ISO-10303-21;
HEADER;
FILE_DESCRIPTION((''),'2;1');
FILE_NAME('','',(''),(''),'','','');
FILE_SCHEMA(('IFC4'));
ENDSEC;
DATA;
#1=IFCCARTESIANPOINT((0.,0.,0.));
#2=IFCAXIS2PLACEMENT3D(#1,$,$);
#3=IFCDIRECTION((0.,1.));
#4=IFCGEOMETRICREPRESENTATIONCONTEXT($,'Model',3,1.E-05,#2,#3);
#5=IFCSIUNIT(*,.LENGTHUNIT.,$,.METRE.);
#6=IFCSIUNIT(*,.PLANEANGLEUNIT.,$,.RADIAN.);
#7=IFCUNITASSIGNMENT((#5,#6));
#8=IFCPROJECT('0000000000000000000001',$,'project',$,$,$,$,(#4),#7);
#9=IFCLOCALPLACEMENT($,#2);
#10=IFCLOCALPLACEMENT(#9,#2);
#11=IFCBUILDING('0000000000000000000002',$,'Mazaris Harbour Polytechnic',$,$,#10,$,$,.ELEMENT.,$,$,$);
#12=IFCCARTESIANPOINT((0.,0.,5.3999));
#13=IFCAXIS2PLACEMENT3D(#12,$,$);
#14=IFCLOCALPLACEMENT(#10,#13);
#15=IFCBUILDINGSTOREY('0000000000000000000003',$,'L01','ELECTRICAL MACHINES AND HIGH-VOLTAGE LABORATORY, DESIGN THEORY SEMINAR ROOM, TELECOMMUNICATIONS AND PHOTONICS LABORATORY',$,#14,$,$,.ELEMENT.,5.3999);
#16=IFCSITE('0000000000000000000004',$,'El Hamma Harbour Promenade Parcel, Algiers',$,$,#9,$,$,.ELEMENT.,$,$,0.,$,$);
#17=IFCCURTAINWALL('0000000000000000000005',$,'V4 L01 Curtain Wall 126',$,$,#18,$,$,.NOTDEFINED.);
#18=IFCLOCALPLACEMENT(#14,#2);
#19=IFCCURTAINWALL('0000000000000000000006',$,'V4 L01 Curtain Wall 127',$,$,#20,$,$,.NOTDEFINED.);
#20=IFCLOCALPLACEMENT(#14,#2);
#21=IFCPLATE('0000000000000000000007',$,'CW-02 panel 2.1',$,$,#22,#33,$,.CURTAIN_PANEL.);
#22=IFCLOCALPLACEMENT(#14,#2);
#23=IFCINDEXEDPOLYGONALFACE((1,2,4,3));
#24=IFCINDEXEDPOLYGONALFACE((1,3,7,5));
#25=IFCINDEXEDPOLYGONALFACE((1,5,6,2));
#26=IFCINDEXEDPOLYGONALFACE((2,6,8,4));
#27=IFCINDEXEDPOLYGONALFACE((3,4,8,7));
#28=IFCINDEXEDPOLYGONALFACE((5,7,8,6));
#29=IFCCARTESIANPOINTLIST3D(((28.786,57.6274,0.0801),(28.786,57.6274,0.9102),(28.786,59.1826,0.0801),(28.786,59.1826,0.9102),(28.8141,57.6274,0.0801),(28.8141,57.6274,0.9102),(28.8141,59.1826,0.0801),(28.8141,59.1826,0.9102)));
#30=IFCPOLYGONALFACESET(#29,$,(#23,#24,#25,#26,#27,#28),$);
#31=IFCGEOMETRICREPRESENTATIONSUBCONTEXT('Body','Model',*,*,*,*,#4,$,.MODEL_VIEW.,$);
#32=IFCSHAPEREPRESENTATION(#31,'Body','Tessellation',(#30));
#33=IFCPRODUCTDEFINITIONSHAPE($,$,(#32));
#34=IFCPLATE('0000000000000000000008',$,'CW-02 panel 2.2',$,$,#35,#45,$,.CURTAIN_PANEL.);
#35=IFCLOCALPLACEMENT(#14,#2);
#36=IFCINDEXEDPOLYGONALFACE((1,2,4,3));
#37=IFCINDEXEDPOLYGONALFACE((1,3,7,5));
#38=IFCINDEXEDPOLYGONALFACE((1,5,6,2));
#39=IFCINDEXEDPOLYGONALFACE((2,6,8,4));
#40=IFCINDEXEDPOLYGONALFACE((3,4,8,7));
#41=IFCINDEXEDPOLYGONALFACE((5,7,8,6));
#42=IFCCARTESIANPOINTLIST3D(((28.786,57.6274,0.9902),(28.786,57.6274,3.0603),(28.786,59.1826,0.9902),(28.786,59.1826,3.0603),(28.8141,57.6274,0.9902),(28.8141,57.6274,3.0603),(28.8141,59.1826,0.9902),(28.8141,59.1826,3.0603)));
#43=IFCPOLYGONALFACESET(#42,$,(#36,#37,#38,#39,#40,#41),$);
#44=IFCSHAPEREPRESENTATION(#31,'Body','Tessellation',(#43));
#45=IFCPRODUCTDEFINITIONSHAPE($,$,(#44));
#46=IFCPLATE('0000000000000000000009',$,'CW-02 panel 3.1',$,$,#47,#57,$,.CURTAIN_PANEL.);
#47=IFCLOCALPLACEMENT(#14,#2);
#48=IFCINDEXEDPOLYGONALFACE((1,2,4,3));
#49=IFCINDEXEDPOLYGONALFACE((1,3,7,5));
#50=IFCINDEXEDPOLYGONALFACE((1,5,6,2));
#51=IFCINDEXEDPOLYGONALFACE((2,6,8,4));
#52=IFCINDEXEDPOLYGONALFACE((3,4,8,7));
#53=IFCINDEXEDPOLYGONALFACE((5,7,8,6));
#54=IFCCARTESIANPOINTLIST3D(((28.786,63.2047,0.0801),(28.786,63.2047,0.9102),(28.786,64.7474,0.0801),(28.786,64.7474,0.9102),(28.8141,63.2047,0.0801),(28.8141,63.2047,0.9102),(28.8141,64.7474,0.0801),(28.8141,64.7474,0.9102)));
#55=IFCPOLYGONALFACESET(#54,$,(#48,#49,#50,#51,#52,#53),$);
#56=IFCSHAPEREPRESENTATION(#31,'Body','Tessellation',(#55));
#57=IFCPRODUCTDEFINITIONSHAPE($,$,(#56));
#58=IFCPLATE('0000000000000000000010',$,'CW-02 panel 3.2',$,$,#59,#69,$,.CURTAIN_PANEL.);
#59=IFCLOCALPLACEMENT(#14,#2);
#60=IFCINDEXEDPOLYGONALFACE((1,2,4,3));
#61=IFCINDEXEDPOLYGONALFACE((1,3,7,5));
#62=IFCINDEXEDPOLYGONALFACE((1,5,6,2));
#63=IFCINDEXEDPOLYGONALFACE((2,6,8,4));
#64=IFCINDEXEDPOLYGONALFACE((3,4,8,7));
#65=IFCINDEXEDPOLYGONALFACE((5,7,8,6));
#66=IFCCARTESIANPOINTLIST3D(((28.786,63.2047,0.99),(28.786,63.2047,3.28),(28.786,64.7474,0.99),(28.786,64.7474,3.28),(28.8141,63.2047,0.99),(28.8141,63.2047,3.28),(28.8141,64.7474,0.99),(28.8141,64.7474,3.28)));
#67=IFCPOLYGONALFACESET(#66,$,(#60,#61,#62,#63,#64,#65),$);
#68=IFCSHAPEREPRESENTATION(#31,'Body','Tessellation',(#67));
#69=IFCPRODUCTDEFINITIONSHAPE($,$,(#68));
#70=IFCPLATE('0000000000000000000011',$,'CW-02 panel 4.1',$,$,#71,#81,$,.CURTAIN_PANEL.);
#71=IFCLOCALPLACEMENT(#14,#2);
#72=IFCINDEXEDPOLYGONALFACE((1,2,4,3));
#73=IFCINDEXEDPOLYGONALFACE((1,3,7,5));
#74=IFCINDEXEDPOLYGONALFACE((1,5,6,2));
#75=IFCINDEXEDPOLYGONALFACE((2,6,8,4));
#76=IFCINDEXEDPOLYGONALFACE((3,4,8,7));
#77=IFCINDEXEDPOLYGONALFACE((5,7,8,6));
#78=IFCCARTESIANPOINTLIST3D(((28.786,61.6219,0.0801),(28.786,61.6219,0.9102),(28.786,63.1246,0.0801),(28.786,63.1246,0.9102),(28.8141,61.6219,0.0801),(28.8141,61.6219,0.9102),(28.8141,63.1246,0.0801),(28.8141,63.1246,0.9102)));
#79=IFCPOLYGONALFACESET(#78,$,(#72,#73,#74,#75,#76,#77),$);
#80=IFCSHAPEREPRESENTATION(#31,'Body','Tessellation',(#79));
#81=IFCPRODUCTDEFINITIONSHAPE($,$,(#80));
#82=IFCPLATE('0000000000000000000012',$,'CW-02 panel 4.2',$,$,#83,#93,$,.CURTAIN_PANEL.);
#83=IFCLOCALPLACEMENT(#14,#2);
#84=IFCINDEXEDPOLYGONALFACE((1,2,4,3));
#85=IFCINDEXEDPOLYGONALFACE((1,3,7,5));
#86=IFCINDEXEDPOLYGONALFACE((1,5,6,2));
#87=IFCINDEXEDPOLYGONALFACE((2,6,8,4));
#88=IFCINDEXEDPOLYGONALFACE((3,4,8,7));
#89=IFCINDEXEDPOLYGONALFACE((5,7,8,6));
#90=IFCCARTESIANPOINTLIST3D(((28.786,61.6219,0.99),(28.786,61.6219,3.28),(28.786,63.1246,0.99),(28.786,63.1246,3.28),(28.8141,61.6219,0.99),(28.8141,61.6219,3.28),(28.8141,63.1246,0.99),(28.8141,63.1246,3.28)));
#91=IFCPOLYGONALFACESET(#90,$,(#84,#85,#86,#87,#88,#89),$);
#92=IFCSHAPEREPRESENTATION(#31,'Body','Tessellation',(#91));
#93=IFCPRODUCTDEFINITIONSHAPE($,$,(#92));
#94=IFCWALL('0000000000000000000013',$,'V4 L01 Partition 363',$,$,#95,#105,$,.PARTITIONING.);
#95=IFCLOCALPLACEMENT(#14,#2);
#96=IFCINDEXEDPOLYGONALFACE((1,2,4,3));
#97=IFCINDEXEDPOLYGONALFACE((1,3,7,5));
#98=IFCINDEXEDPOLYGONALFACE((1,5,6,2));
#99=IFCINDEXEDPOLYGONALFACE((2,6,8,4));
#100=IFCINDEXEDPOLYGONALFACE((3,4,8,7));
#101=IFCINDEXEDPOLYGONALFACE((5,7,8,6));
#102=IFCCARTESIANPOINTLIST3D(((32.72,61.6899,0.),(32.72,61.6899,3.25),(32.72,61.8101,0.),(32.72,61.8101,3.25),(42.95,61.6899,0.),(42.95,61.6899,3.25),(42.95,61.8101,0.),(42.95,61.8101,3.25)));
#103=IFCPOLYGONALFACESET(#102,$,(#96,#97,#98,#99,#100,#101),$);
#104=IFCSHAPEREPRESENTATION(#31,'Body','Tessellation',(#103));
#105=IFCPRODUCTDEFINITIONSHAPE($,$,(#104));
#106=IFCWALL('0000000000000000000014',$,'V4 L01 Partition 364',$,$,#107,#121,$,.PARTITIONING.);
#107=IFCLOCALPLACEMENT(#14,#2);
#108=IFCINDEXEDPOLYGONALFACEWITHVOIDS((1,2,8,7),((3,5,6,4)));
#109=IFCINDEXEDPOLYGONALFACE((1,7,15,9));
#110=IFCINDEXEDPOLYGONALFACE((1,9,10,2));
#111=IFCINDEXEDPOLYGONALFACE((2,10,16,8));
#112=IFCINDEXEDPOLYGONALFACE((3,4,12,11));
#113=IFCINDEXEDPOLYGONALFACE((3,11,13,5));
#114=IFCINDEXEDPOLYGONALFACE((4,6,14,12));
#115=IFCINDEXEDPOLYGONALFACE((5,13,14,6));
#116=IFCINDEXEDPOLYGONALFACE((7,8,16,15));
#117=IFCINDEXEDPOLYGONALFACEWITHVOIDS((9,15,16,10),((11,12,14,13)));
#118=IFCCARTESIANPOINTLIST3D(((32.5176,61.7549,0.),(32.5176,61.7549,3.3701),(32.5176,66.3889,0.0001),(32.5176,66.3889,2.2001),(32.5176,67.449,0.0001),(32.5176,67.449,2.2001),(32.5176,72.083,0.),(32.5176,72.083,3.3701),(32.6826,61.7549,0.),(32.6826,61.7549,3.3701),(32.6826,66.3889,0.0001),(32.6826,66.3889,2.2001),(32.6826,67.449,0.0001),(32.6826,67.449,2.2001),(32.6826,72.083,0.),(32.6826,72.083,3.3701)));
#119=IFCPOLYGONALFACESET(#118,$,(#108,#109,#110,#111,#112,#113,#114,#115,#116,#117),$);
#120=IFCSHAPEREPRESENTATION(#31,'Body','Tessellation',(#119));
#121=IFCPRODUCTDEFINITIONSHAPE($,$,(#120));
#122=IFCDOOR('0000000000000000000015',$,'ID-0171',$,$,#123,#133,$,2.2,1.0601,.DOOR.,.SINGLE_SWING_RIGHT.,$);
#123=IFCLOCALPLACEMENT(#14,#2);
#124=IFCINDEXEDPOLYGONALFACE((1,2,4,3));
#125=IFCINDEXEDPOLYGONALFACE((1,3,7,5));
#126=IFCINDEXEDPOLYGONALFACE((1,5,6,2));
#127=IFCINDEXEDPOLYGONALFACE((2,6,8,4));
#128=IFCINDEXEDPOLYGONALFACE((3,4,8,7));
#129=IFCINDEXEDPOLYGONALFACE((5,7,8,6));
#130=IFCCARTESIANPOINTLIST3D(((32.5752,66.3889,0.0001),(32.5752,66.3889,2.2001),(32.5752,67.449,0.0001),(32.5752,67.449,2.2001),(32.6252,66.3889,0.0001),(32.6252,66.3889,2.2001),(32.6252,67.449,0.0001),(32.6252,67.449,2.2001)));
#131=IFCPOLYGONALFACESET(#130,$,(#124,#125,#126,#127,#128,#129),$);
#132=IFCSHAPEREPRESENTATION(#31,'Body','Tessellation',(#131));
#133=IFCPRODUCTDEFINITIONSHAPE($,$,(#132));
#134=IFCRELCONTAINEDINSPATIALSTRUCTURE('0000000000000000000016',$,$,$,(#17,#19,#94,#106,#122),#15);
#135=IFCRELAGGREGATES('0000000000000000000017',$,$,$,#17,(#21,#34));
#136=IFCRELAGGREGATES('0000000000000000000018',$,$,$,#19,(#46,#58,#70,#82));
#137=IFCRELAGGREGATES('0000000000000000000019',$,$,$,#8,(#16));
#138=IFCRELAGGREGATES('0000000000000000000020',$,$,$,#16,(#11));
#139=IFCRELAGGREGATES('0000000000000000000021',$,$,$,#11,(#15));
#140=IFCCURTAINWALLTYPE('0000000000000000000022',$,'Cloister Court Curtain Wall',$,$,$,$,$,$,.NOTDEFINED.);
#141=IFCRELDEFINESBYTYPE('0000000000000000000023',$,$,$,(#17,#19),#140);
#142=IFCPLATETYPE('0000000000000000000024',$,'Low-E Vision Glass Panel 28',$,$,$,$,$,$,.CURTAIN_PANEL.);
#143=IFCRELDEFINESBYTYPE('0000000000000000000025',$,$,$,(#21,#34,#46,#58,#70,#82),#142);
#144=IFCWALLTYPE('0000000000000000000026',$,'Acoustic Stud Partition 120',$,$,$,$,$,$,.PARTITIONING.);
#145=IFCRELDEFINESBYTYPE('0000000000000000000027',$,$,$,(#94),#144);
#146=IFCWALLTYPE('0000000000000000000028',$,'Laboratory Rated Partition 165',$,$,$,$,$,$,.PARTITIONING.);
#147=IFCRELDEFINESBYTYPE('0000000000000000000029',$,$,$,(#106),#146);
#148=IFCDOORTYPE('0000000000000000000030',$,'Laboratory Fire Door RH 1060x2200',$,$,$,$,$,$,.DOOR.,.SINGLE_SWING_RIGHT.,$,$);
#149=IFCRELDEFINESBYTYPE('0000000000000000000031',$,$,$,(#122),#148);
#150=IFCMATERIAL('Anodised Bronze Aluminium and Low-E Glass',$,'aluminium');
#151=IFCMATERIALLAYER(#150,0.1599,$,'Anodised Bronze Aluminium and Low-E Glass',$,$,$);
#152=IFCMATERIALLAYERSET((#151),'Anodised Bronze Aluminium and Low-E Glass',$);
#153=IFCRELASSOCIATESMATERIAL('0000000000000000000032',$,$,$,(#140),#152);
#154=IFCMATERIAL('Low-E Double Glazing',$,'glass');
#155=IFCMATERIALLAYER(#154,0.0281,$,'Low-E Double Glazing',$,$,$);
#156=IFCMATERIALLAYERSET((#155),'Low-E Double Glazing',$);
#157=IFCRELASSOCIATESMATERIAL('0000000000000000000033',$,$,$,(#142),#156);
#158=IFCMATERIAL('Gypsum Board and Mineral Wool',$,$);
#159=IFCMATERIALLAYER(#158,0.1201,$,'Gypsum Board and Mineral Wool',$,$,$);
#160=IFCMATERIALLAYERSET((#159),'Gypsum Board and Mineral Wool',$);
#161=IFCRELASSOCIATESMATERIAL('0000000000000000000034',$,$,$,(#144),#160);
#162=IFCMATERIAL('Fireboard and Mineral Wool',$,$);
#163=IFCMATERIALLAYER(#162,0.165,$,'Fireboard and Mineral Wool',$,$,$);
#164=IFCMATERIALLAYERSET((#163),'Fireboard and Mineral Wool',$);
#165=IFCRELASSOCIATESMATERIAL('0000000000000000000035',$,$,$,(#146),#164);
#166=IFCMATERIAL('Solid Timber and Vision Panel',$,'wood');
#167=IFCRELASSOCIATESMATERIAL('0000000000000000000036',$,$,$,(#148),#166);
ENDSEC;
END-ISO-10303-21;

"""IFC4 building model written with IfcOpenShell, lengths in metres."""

from ifc_helpers import new_model, si_unit, direction, frame, frame_2d, origin, origin_2d, place, context, subcontext, project, spatial, rectangle, extrude, material, layer, layer_set, type_object, element, fill, aggregate, save


model = new_model("IFC4")

# Units and contexts
model_context = context("Model", 3, precision=1e-05, world=origin(), true_north=direction((0.0, 1.0)))
body_context = subcontext(model_context, "Body", "Model", "MODEL_VIEW")
ifc_project = project(units=[si_unit("LENGTHUNIT", "METRE"), si_unit("PLANEANGLEUNIT", "RADIAN")], contexts=[model_context])

# Site, building, storey
site_placement = place(None, origin())
site = spatial("IfcSite", under=ifc_project, at=site_placement, Name="El Hamma Harbour Promenade Parcel, Algiers", CompositionType="ELEMENT", RefElevation=0.0)
building_placement = place(site_placement, origin())
building = spatial("IfcBuilding", under=site, at=building_placement, Name="Mazaris Harbour Polytechnic", CompositionType="ELEMENT")
storey_placement = place(building_placement, frame((0.0, 0.0, 5.3999)))
storey = spatial("IfcBuildingStorey", under=building, at=storey_placement, Name="L01", Description="ELECTRICAL MACHINES AND HIGH-VOLTAGE LABORATORY, DESIGN THEORY SEMINAR ROOM, TELECOMMUNICATIONS AND PHOTONICS LABORATORY", CompositionType="ELEMENT", Elevation=5.3999)

# Curtain walls
ifc_material_1 = material(Name="Anodised Bronze Aluminium and Low-E Glass", Category="aluminium")
ifc_layer_1 = layer(ifc_material_1, 0.1599, Name="Anodised Bronze Aluminium and Low-E Glass")
ifc_layer_set_1 = layer_set([ifc_layer_1], Name="Anodised Bronze Aluminium and Low-E Glass")
curtain_wall_type = type_object("IfcCurtainWallType", Name="Cloister Court Curtain Wall", PredefinedType="NOTDEFINED", material=ifc_layer_set_1)
curtain_wall_1_placement = place(storey_placement, origin())
curtain_wall_1 = element("IfcCurtainWall", 1, at=curtain_wall_1_placement, inside=storey, type_object=curtain_wall_type, Name="V4 L01 Curtain Wall 126", PredefinedType="NOTDEFINED")
curtain_wall_2_placement = place(storey_placement, origin())
curtain_wall_2 = element("IfcCurtainWall", 2, at=curtain_wall_2_placement, inside=storey, type_object=curtain_wall_type, Name="V4 L01 Curtain Wall 127", PredefinedType="NOTDEFINED")

# Plates
ifc_material_2 = material(Name="Low-E Double Glazing", Category="glass")
ifc_layer_2 = layer(ifc_material_2, 0.0281, Name="Low-E Double Glazing")
ifc_layer_set_2 = layer_set([ifc_layer_2], Name="Low-E Double Glazing")
plate_type = type_object("IfcPlateType", Name="Low-E Vision Glass Panel 28", PredefinedType="CURTAIN_PANEL", material=ifc_layer_set_2)
plate_1_placement = place(storey_placement, frame((28.8, 58.405, 0.0801), z_axis=(0.0, 0.0, 1.0), x_axis=(0.0, -1.0, 0.0)))
plate_1 = element("IfcPlate", 3, at=plate_1_placement, type_object=plate_type, Name="CW-02 panel 2.1", PredefinedType="CURTAIN_PANEL", context=body_context, shape_type="SweptSolid", body=[
    extrude(rectangle(XDim=1.5552, YDim=0.0281, at=origin_2d()), origin(), (0.0, 0.0, 1.0), 0.8301),
])
plate_2_placement = place(storey_placement, frame((28.8, 58.405, 0.9902), z_axis=(0.0, 0.0, 1.0), x_axis=(0.0, -1.0, 0.0)))
plate_2 = element("IfcPlate", 4, at=plate_2_placement, type_object=plate_type, Name="CW-02 panel 2.2", PredefinedType="CURTAIN_PANEL", context=body_context, shape_type="SweptSolid", body=[
    extrude(rectangle(XDim=1.5552, YDim=0.0281, at=origin_2d()), origin(), (0.0, 0.0, 1.0), 2.0701),
])
aggregate(curtain_wall_1, [plate_1, plate_2])
plate_3_placement = place(storey_placement, frame((28.8, 63.9761, 0.0801), z_axis=(0.0, 0.0, 1.0), x_axis=(0.0, -1.0, 0.0)))
plate_3 = element("IfcPlate", 5, at=plate_3_placement, type_object=plate_type, Name="CW-02 panel 3.1", PredefinedType="CURTAIN_PANEL", context=body_context, shape_type="SweptSolid", body=[
    extrude(rectangle(XDim=1.5427, YDim=0.0281, at=origin_2d()), origin(), (0.0, 0.0, 1.0), 0.8301),
])
plate_4_placement = place(storey_placement, frame((28.8, 63.9761, 0.99), z_axis=(0.0, 0.0, 1.0), x_axis=(0.0, -1.0, 0.0)))
plate_4 = element("IfcPlate", 6, at=plate_4_placement, type_object=plate_type, Name="CW-02 panel 3.2", PredefinedType="CURTAIN_PANEL", context=body_context, shape_type="SweptSolid", body=[
    extrude(rectangle(XDim=1.5427, YDim=0.0281, at=origin_2d()), origin(), (0.0, 0.0, 1.0), 2.29),
])
plate_5_placement = place(storey_placement, frame((28.8, 62.3733, 0.0801), z_axis=(0.0, 0.0, 1.0), x_axis=(0.0, -1.0, 0.0)))
plate_5 = element("IfcPlate", 7, at=plate_5_placement, type_object=plate_type, Name="CW-02 panel 4.1", PredefinedType="CURTAIN_PANEL", context=body_context, shape_type="SweptSolid", body=[
    extrude(rectangle(XDim=1.5027, YDim=0.0281, at=origin_2d()), origin(), (0.0, 0.0, 1.0), 0.8301),
])
plate_6_placement = place(storey_placement, frame((28.8, 62.3733, 0.99), z_axis=(0.0, 0.0, 1.0), x_axis=(0.0, -1.0, 0.0)))
plate_6 = element("IfcPlate", 8, at=plate_6_placement, type_object=plate_type, Name="CW-02 panel 4.2", PredefinedType="CURTAIN_PANEL", context=body_context, shape_type="SweptSolid", body=[
    extrude(rectangle(XDim=1.5027, YDim=0.0281, at=origin_2d()), origin(), (0.0, 0.0, 1.0), 2.29),
])
aggregate(curtain_wall_2, [plate_3, plate_4, plate_5, plate_6])

# Wall
ifc_material_3 = material(Name="Gypsum Board and Mineral Wool")
ifc_layer_3 = layer(ifc_material_3, 0.1201, Name="Gypsum Board and Mineral Wool")
ifc_layer_set_3 = layer_set([ifc_layer_3], Name="Gypsum Board and Mineral Wool")
wall_type_1 = type_object("IfcWallType", Name="Acoustic Stud Partition 120", PredefinedType="PARTITIONING", material=ifc_layer_set_3)
wall_1_placement = place(storey_placement, frame((32.72, 61.75, 0.0), z_axis=(0.0, 0.0, 1.0), x_axis=(1.0, 0.0, 0.0)))
element("IfcWall", 9, at=wall_1_placement, inside=storey, type_object=wall_type_1, Name="V4 L01 Partition 363", PredefinedType="PARTITIONING", context=body_context, shape_type="SweptSolid", body=[
    extrude(rectangle(XDim=10.23, YDim=0.1201, at=frame_2d((5.115, 0.0))), origin(), (0.0, 0.0, 1.0), 3.25),
])

# Wall, opening, door
ifc_material_4 = material(Name="Fireboard and Mineral Wool")
ifc_layer_4 = layer(ifc_material_4, 0.165, Name="Fireboard and Mineral Wool")
ifc_layer_set_4 = layer_set([ifc_layer_4], Name="Fireboard and Mineral Wool")
wall_type_2 = type_object("IfcWallType", Name="Laboratory Rated Partition 165", PredefinedType="PARTITIONING", material=ifc_layer_set_4)
wall_2_placement = place(storey_placement, frame((32.6001, 61.7549, 0.0), z_axis=(0.0, 0.0, 1.0), x_axis=(0.0, 1.0, 0.0)))
wall_2 = element("IfcWall", 10, at=wall_2_placement, inside=storey, type_object=wall_type_2, Name="V4 L01 Partition 364", PredefinedType="PARTITIONING", context=body_context, shape_type="SweptSolid", body=[
    extrude(rectangle(XDim=10.3281, YDim=0.165, at=frame_2d((5.1641, 0.0))), origin(), (0.0, 0.0, 1.0), 3.3701),
])
opening_placement = place(wall_2_placement, frame((4.634, 0.0, 0.0)))
opening = element("IfcOpeningElement", 11, at=opening_placement, cuts=wall_2, PredefinedType="OPENING", context=body_context, shape_type="SweptSolid", body=[
    extrude(rectangle(XDim=1.0601, YDim=2.2, at=frame_2d((0.53, 1.1001))), frame((0.0, 0.0925, 0.0), z_axis=(0.0, -1.0, 0.0), x_axis=(1.0, 0.0, 0.0)), (0.0, 0.0, 1.0), 0.1851),
])
ifc_material_5 = material(Name="Solid Timber and Vision Panel", Category="wood")
door_type = type_object("IfcDoorType", Name="Laboratory Fire Door RH 1060x2200", OperationType="SINGLE_SWING_RIGHT", PredefinedType="DOOR", material=ifc_material_5)
door_placement = place(opening_placement, origin())
door = element("IfcDoor", 12, at=door_placement, inside=storey, type_object=door_type, Name="ID-0171", OperationType="SINGLE_SWING_RIGHT", OverallHeight=2.2, OverallWidth=1.0601, PredefinedType="DOOR", context=body_context, shape_type="SweptSolid", body=[
    extrude(rectangle(XDim=1.0601, YDim=2.2, at=frame_2d((0.53, 1.1001))), frame((0.0, 0.0249, 0.0), z_axis=(0.0, -1.0, 0.0), x_axis=(1.0, 0.0, 0.0)), (0.0, 0.0, 1.0), 0.05),
])
fill(opening, door)

save(model, "model.ifc")
